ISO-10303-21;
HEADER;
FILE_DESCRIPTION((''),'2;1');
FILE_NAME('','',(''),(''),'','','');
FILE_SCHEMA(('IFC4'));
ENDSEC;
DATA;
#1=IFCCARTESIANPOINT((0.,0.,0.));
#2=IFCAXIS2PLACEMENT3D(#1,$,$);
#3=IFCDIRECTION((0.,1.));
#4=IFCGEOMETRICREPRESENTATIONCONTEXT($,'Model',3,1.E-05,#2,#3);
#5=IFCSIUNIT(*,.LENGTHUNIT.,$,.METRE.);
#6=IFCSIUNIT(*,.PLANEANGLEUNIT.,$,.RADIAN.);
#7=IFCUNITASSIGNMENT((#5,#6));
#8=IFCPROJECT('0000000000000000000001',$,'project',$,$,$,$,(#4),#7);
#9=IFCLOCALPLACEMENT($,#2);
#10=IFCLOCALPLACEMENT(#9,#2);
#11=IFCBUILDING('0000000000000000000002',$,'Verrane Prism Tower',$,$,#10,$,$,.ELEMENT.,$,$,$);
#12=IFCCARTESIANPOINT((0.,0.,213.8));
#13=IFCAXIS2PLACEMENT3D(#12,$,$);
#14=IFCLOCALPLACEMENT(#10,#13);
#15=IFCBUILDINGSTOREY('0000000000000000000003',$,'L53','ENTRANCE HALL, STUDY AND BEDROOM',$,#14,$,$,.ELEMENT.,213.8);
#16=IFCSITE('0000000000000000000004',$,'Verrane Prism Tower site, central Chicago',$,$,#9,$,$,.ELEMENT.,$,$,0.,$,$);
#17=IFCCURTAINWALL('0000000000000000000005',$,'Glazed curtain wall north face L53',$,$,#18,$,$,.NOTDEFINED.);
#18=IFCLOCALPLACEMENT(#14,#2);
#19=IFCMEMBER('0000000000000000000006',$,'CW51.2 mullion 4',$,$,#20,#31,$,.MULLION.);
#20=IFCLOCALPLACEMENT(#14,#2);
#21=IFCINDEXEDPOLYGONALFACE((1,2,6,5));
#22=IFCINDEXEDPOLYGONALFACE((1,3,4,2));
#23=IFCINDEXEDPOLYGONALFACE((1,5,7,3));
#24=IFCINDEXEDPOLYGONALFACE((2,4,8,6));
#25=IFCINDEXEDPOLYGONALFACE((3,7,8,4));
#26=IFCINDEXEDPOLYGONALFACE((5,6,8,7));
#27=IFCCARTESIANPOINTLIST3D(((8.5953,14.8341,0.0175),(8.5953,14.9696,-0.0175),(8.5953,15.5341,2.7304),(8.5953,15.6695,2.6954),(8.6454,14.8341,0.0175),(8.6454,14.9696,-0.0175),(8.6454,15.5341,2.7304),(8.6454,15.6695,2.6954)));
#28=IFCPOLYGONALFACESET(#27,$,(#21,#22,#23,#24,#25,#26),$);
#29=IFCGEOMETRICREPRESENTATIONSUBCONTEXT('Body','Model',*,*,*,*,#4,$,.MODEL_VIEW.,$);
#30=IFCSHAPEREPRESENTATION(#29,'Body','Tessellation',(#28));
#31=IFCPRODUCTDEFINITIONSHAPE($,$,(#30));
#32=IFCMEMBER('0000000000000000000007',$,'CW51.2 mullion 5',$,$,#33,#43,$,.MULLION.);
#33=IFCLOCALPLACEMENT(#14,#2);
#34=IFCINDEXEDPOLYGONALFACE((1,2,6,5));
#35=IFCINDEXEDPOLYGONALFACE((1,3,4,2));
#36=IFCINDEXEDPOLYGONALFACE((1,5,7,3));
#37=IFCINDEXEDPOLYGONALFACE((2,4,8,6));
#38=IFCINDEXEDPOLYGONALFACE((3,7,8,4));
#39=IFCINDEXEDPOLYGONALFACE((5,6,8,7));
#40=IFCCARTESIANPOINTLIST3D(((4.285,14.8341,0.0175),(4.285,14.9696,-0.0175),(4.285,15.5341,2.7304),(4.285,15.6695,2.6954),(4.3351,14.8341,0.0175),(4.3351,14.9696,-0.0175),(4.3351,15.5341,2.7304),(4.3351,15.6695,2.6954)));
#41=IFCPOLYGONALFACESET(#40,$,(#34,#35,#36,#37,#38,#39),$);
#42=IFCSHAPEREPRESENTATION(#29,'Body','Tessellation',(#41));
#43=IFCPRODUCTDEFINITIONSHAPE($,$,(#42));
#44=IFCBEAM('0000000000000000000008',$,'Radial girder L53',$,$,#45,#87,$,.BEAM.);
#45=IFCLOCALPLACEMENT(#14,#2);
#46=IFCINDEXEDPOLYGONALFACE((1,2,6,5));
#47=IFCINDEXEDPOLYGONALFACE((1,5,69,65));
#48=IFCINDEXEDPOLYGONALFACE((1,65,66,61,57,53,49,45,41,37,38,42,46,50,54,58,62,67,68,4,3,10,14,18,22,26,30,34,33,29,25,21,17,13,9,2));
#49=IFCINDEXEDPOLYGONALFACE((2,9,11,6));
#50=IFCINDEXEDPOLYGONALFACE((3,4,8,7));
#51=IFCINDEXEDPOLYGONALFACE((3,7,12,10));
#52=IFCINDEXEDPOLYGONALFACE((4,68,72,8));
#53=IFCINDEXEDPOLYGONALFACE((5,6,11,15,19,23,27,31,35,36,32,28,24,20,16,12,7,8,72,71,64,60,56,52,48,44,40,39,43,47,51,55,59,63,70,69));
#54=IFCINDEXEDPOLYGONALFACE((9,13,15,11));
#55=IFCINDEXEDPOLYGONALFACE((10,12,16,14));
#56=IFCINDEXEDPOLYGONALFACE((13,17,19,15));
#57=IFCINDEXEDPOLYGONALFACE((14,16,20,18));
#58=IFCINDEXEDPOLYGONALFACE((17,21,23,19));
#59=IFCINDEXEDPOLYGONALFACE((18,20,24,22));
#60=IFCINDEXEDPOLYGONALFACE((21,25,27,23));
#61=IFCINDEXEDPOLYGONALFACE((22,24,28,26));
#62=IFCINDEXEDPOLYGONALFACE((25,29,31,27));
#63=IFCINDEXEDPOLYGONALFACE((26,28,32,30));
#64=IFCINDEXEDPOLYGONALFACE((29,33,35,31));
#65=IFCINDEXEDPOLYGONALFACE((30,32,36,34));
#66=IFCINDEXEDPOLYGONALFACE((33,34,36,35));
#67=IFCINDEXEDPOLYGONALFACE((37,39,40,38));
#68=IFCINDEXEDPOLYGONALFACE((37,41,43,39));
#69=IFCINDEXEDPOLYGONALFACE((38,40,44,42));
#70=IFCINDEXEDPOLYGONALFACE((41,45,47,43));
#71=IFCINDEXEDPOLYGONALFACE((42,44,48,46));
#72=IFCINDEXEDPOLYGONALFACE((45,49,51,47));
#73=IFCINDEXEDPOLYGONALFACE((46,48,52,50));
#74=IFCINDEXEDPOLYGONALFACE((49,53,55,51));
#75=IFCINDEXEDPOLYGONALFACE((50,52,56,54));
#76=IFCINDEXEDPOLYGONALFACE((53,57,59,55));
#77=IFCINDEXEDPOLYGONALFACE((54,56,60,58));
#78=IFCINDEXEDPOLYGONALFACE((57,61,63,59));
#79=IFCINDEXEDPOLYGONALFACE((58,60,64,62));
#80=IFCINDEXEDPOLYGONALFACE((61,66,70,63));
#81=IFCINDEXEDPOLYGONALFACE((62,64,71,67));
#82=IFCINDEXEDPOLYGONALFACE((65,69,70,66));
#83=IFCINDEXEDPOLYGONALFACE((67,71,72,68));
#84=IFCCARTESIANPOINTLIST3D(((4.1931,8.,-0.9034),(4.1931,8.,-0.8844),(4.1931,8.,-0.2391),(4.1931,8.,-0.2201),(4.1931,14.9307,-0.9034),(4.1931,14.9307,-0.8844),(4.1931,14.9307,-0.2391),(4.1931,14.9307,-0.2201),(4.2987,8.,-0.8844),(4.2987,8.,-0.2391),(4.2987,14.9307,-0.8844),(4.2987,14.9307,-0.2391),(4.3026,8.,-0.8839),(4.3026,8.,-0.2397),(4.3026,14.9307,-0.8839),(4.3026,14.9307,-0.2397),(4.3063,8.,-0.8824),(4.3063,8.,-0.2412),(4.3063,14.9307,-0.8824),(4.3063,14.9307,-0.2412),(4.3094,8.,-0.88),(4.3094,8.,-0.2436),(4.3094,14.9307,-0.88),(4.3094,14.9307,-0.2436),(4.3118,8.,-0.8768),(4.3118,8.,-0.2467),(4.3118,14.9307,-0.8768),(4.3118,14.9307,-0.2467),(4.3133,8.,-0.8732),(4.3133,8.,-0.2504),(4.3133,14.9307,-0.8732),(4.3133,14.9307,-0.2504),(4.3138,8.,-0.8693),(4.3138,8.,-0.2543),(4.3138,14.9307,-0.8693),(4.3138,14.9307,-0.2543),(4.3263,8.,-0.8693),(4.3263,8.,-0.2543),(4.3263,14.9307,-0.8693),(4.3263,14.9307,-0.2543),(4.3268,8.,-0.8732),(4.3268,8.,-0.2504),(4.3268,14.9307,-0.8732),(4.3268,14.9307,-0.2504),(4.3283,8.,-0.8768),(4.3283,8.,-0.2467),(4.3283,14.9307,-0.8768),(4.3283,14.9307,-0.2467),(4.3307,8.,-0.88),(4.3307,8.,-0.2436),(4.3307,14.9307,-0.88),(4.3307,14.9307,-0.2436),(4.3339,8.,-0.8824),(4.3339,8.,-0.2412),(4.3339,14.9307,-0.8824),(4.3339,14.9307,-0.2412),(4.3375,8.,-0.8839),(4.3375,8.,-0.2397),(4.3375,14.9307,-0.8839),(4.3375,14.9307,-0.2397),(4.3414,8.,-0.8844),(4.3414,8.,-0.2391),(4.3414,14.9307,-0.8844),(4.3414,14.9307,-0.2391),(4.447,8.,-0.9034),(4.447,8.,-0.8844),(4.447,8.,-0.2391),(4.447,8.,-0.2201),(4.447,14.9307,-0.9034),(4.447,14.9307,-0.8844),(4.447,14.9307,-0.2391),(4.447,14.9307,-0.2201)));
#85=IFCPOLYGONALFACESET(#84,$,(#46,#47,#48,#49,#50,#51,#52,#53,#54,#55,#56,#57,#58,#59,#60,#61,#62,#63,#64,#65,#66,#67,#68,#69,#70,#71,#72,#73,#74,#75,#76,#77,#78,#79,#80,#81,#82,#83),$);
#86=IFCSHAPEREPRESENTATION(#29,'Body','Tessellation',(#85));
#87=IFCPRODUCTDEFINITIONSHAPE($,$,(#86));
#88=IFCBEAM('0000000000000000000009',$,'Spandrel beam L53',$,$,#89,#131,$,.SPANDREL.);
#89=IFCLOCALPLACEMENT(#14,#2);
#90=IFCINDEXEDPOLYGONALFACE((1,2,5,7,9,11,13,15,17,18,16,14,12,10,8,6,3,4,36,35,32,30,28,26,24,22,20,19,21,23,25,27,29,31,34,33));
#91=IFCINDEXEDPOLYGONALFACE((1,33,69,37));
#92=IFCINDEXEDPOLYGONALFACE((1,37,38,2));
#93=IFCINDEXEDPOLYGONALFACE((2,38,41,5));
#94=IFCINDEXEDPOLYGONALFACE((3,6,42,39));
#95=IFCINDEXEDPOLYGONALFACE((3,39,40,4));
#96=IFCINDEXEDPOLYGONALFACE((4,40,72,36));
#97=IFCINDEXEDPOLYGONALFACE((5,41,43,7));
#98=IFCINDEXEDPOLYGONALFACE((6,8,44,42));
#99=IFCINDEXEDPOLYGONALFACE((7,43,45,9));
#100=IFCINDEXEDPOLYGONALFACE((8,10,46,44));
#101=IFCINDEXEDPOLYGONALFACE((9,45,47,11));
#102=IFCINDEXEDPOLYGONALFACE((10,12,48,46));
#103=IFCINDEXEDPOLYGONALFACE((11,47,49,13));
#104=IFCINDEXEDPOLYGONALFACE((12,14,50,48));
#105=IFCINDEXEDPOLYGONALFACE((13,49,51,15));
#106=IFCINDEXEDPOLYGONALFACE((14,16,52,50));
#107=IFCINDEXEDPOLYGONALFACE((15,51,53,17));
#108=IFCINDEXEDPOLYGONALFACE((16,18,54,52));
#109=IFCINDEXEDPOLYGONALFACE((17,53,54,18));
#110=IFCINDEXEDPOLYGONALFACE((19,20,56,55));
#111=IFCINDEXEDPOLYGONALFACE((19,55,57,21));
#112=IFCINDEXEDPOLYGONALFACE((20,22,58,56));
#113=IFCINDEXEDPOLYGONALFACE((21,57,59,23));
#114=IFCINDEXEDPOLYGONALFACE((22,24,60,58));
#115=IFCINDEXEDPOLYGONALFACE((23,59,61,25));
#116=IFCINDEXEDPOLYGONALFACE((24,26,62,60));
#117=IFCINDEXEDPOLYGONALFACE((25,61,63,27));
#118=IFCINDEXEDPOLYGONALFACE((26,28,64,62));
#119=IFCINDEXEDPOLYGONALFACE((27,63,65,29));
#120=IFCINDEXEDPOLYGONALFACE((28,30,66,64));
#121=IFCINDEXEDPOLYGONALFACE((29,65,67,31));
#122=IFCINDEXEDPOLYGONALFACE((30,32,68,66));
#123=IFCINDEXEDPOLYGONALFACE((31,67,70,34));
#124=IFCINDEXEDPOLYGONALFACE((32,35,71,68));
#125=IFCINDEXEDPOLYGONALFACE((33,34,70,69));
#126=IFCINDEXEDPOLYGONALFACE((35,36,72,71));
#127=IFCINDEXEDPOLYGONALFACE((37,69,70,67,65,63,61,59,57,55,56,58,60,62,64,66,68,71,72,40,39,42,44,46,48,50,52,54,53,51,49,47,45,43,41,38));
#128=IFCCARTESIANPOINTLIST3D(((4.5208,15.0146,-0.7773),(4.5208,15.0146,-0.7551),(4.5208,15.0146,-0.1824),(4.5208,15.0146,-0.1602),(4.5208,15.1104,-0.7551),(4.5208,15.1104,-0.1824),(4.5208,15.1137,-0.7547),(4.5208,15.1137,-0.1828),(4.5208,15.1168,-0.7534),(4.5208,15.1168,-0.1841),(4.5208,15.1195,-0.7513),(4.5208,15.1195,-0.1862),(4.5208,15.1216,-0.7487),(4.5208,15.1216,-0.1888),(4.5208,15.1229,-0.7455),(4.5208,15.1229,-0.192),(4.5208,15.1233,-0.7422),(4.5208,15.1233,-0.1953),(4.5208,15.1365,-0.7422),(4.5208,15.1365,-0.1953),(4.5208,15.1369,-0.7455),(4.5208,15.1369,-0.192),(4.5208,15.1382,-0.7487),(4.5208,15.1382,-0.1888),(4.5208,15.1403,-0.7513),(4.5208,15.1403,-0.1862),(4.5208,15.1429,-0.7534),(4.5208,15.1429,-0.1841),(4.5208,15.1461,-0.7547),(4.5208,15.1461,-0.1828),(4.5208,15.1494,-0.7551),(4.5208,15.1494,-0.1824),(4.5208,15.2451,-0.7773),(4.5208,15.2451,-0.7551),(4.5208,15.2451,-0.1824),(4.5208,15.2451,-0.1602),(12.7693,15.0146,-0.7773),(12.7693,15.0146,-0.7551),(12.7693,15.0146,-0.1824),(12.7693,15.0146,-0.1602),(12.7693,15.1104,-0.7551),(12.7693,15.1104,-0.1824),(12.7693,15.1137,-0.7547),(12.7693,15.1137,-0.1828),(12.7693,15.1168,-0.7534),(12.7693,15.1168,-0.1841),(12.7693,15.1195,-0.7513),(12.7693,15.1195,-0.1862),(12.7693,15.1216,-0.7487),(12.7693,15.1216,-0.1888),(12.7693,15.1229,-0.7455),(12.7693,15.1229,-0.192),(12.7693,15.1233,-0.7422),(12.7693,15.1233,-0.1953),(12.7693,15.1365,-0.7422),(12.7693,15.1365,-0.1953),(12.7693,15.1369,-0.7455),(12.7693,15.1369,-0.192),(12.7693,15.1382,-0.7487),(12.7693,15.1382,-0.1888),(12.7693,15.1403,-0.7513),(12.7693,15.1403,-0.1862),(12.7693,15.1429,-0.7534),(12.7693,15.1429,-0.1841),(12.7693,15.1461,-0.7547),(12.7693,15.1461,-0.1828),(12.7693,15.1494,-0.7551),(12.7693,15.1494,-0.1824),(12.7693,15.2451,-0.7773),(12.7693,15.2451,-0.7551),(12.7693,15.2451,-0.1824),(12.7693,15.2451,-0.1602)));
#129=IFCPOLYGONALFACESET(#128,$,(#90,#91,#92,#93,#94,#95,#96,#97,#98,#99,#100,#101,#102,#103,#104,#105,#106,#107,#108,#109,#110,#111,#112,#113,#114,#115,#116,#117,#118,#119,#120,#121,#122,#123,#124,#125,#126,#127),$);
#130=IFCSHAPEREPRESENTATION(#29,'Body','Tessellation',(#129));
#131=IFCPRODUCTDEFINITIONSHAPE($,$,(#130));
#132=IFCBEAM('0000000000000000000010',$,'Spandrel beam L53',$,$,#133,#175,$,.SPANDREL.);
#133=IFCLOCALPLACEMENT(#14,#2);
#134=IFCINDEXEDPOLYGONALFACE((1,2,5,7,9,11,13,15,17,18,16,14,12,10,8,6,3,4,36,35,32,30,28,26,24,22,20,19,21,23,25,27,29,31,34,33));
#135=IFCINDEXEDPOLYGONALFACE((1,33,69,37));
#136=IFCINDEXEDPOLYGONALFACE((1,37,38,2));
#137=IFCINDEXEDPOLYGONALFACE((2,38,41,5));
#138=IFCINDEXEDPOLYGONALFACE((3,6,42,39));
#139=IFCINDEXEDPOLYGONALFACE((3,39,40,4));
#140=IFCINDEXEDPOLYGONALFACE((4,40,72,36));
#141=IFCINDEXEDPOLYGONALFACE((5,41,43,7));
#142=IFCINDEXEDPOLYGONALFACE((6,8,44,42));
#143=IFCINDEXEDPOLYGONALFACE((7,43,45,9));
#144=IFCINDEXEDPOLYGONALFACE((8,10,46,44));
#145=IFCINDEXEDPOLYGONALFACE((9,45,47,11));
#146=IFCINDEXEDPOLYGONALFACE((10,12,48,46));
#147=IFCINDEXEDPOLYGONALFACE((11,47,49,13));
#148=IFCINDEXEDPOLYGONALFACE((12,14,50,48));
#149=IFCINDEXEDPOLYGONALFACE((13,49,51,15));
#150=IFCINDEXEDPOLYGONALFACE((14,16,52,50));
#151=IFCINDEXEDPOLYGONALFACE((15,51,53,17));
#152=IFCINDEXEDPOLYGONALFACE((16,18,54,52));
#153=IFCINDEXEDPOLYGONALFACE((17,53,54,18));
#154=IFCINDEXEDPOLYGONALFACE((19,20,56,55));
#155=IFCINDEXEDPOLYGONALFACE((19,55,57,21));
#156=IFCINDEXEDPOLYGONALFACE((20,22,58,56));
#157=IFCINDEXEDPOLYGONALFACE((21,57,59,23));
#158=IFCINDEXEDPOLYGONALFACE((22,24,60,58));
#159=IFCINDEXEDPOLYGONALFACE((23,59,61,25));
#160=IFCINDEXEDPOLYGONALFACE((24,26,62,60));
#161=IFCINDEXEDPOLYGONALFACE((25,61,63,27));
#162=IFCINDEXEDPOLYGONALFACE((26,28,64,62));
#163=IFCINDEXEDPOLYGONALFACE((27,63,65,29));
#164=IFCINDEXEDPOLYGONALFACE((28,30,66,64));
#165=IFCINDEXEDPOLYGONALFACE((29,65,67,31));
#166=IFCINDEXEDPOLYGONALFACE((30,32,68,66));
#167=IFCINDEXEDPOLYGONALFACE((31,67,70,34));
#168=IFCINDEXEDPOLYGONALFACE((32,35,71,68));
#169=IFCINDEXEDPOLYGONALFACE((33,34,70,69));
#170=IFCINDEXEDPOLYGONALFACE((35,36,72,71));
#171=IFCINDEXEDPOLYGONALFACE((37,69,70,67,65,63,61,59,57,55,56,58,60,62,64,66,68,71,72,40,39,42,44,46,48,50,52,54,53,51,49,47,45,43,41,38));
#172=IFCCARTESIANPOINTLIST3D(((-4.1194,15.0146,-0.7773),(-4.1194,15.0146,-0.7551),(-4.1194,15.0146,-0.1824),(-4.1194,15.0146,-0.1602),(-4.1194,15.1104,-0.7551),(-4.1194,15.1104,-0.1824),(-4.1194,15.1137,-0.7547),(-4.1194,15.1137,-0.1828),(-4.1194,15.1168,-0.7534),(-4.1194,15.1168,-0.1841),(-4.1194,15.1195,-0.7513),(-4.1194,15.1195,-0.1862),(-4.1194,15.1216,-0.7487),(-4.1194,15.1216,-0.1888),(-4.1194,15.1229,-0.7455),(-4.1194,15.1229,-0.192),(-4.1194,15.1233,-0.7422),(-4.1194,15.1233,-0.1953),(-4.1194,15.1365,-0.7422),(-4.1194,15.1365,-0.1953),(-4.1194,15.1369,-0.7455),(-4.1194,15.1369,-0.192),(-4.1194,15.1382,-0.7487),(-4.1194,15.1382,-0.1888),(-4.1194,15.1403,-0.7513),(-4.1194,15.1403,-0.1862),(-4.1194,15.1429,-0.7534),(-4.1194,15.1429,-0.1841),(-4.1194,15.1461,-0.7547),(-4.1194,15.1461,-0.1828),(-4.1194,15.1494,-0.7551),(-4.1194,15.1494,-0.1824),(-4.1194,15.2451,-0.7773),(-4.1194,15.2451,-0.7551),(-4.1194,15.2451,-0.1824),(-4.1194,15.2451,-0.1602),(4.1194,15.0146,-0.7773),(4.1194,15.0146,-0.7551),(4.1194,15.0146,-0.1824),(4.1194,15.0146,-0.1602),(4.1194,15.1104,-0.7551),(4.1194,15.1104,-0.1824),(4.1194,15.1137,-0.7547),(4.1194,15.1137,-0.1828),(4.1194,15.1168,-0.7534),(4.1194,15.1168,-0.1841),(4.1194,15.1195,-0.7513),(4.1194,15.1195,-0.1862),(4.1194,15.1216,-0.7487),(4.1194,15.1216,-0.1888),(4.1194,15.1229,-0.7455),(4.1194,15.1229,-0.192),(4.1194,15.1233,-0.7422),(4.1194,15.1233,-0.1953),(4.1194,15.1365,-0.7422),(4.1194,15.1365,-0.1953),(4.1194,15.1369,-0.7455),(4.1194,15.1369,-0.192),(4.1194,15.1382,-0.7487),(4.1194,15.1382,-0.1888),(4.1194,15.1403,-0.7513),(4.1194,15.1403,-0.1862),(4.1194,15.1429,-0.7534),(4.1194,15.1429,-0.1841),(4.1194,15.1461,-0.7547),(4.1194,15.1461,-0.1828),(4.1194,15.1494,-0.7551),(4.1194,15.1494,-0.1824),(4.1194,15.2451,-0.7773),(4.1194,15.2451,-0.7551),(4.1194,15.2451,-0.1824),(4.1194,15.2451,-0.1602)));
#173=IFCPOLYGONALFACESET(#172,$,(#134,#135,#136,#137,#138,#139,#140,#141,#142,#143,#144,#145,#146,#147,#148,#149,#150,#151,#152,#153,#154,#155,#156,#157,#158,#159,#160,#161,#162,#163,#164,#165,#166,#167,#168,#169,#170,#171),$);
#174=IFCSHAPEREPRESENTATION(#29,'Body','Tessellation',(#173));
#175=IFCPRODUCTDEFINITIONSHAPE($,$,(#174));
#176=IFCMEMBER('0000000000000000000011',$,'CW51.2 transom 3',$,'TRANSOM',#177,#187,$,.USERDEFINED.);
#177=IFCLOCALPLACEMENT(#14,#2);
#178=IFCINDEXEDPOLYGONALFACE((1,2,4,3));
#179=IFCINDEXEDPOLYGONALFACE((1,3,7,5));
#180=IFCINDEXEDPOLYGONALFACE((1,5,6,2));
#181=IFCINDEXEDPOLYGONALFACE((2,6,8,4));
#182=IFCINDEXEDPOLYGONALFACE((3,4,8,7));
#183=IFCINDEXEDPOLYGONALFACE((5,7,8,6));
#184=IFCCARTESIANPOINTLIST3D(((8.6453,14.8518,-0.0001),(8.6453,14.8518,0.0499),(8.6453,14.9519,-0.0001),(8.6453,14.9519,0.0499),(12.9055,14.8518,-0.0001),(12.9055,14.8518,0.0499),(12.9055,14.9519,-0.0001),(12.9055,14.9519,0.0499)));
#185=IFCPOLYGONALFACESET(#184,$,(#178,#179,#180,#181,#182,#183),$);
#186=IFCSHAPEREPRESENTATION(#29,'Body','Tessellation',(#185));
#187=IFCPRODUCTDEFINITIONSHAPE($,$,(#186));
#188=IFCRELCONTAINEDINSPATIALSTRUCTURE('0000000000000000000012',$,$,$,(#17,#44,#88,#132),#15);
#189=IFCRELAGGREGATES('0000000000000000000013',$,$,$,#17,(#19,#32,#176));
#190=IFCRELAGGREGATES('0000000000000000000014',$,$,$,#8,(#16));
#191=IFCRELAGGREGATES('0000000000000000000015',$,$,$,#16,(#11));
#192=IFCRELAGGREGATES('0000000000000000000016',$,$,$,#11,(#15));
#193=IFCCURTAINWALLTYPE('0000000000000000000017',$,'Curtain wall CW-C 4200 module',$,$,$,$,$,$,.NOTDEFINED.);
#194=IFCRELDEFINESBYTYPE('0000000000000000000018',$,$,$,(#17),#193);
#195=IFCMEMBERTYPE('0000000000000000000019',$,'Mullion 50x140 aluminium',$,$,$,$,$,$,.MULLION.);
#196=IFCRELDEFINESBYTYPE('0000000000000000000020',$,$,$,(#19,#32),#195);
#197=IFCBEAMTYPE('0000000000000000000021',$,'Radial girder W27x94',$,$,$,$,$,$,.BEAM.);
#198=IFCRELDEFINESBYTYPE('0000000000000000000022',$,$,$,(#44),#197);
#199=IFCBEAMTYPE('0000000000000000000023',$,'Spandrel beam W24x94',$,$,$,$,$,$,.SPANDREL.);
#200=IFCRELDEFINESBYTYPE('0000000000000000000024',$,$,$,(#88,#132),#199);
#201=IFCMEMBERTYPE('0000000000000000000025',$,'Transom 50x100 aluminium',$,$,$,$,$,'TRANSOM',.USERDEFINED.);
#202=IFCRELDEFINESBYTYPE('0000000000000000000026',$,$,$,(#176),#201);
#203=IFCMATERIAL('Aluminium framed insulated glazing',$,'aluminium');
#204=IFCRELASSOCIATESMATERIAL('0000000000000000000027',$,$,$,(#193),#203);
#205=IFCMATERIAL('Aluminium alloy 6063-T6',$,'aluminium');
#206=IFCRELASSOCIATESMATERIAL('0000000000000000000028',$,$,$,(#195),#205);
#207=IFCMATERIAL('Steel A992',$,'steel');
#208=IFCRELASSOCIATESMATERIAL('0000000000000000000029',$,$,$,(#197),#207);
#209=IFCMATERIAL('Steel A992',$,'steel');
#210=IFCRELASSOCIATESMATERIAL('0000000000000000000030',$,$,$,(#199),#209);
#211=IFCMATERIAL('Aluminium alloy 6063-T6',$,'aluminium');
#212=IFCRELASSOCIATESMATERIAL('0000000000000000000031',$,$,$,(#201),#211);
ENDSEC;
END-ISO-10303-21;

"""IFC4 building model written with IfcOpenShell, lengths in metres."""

from ifc_helpers import new_model, si_unit, direction, frame, origin, origin_2d, place, context, subcontext, project, spatial, rectangle, i_section, extrude, material, material_profile, profile_set, type_object, element, aggregate, save


model = new_model("IFC4")

# Units and contexts
model_context = context("Model", 3, precision=1e-05, world=origin(), true_north=direction((0.0, 1.0)))
body_context = subcontext(model_context, "Body", "Model", "MODEL_VIEW")
ifc_project = project(units=[si_unit("LENGTHUNIT", "METRE"), si_unit("PLANEANGLEUNIT", "RADIAN")], contexts=[model_context])

# Site, building, storey
site_placement = place(None, origin())
site = spatial("IfcSite", under=ifc_project, at=site_placement, Name="Verrane Prism Tower site, central Chicago", CompositionType="ELEMENT", RefElevation=0.0)
building_placement = place(site_placement, origin())
building = spatial("IfcBuilding", under=site, at=building_placement, Name="Verrane Prism Tower", CompositionType="ELEMENT")
storey_placement = place(building_placement, frame((0.0, 0.0, 213.8)))
storey = spatial("IfcBuildingStorey", under=building, at=storey_placement, Name="L53", Description="ENTRANCE HALL, STUDY AND BEDROOM", CompositionType="ELEMENT", Elevation=213.8)

# Curtain wall, members
ifc_material_1 = material(Name="Aluminium framed insulated glazing", Category="aluminium")
curtain_wall_type = type_object("IfcCurtainWallType", Name="Curtain wall CW-C 4200 module", PredefinedType="NOTDEFINED", material=ifc_material_1)
curtain_wall_placement = place(storey_placement, origin())
curtain_wall = element("IfcCurtainWall", 1, at=curtain_wall_placement, inside=storey, type_object=curtain_wall_type, Name="Glazed curtain wall north face L53", PredefinedType="NOTDEFINED")
ifc_material_2 = material(Name="Aluminium alloy 6063-T6", Category="aluminium")
ifc_material_profile_1 = material_profile(ifc_material_2, rectangle(XDim=0.1399, YDim=0.05, at=origin_2d()), Name="Mullion 50x140 aluminium")
ifc_profile_set_1 = profile_set([ifc_material_profile_1], Name="Aluminium alloy 6063-T6")
member_type_1 = type_object("IfcMemberType", Name="Mullion 50x140 aluminium", PredefinedType="MULLION", material=ifc_profile_set_1)
member_1_placement = place(storey_placement, frame((8.6204, 14.9019, 0.0), z_axis=(0.0, 0.249828, 0.96829), x_axis=(0.0, 0.96829, -0.249828)))
member_1 = element("IfcMember", 2, at=member_1_placement, type_object=member_type_1, Name="CW51.2 mullion 4", PredefinedType="MULLION", context=body_context, shape_type="SweptSolid", body=[
    extrude(rectangle(XDim=0.1399, YDim=0.05, at=origin_2d()), origin(), (0.0, 0.0, 1.0), 2.8018),
])
member_2_placement = place(storey_placement, frame((4.3101, 14.9019, 0.0), z_axis=(0.0, 0.249828, 0.96829), x_axis=(0.0, 0.96829, -0.249828)))
member_2 = element("IfcMember", 3, at=member_2_placement, type_object=member_type_1, Name="CW51.2 mullion 5", PredefinedType="MULLION", context=body_context, shape_type="SweptSolid", body=[
    extrude(rectangle(XDim=0.1399, YDim=0.05, at=origin_2d()), origin(), (0.0, 0.0, 1.0), 2.8018),
])

# Beams
ifc_material_3 = material(Name="Steel A992", Category="steel")
ifc_material_profile_2 = material_profile(ifc_material_3, i_section(OverallWidth=0.2539, OverallDepth=0.6833, WebThickness=0.0125, FlangeThickness=0.019, FilletRadius=0.0151, at=origin_2d()), Name="W27x94")
ifc_profile_set_2 = profile_set([ifc_material_profile_2], Name="Steel A992")
beam_type_1 = type_object("IfcBeamType", Name="Radial girder W27x94", PredefinedType="BEAM", material=ifc_profile_set_2)
beam_1_placement = place(storey_placement, frame((4.3201, 14.9307, -0.5618), z_axis=(0.0, -1.0, 0.0), x_axis=(1.0, 0.0, 0.0)))
element("IfcBeam", 4, at=beam_1_placement, inside=storey, type_object=beam_type_1, Name="Radial girder L53", PredefinedType="BEAM", context=body_context, shape_type="SweptSolid", body=[
    extrude(i_section(OverallWidth=0.2539, OverallDepth=0.6833, WebThickness=0.0125, FlangeThickness=0.019, FilletRadius=0.0151, at=origin_2d()), origin(), (0.0, 0.0, 1.0), 6.9307),
])
ifc_material_4 = material(Name="Steel A992", Category="steel")
ifc_material_profile_3 = material_profile(ifc_material_4, i_section(OverallWidth=0.2305, OverallDepth=0.6172, WebThickness=0.0132, FlangeThickness=0.0222, FilletRadius=0.0129, at=origin_2d()), Name="W24x94")
ifc_profile_set_3 = profile_set([ifc_material_profile_3], Name="Steel A992")
beam_type_2 = type_object("IfcBeamType", Name="Spandrel beam W24x94", PredefinedType="SPANDREL", material=ifc_profile_set_3)
beam_2_placement = place(storey_placement, frame((12.7693, 15.1299, -0.4688), z_axis=(-1.0, 0.0, 0.0), x_axis=(0.0, -1.0, 0.0)))
element("IfcBeam", 5, at=beam_2_placement, inside=storey, type_object=beam_type_2, Name="Spandrel beam L53", PredefinedType="SPANDREL", context=body_context, shape_type="SweptSolid", body=[
    extrude(i_section(OverallWidth=0.2305, OverallDepth=0.6172, WebThickness=0.0132, FlangeThickness=0.0222, FilletRadius=0.0129, at=origin_2d()), origin(), (0.0, 0.0, 1.0), 8.2485),
])
beam_3_placement = place(storey_placement, frame((4.1194, 15.1299, -0.4688), z_axis=(-1.0, 0.0, 0.0), x_axis=(0.0, -1.0, 0.0)))
element("IfcBeam", 6, at=beam_3_placement, inside=storey, type_object=beam_type_2, Name="Spandrel beam L53", PredefinedType="SPANDREL", context=body_context, shape_type="SweptSolid", body=[
    extrude(i_section(OverallWidth=0.2305, OverallDepth=0.6172, WebThickness=0.0132, FlangeThickness=0.0222, FilletRadius=0.0129, at=origin_2d()), origin(), (0.0, 0.0, 1.0), 8.2388),
])

# Member
ifc_material_5 = material(Name="Aluminium alloy 6063-T6", Category="aluminium")
ifc_material_profile_4 = material_profile(ifc_material_5, rectangle(XDim=0.1001, YDim=0.05, at=origin_2d()), Name="Transom 50x100 aluminium")
ifc_profile_set_4 = profile_set([ifc_material_profile_4], Name="Aluminium alloy 6063-T6")
member_type_2 = type_object("IfcMemberType", Name="Transom 50x100 aluminium", ElementType="TRANSOM", PredefinedType="USERDEFINED", material=ifc_profile_set_4)
member_3_placement = place(storey_placement, frame((12.9055, 14.9019, 0.0249), z_axis=(-1.0, 0.0, 0.0), x_axis=(0.0, -1.0, 0.0)))
member_3 = element("IfcMember", 7, at=member_3_placement, type_object=member_type_2, Name="CW51.2 transom 3", ObjectType="TRANSOM", PredefinedType="USERDEFINED", context=body_context, shape_type="SweptSolid", body=[
    extrude(rectangle(XDim=0.1001, YDim=0.05, at=origin_2d()), origin(), (0.0, 0.0, 1.0), 4.2603),
])

aggregate(curtain_wall, [member_1, member_2, member_3])

save(model, "model.ifc")
